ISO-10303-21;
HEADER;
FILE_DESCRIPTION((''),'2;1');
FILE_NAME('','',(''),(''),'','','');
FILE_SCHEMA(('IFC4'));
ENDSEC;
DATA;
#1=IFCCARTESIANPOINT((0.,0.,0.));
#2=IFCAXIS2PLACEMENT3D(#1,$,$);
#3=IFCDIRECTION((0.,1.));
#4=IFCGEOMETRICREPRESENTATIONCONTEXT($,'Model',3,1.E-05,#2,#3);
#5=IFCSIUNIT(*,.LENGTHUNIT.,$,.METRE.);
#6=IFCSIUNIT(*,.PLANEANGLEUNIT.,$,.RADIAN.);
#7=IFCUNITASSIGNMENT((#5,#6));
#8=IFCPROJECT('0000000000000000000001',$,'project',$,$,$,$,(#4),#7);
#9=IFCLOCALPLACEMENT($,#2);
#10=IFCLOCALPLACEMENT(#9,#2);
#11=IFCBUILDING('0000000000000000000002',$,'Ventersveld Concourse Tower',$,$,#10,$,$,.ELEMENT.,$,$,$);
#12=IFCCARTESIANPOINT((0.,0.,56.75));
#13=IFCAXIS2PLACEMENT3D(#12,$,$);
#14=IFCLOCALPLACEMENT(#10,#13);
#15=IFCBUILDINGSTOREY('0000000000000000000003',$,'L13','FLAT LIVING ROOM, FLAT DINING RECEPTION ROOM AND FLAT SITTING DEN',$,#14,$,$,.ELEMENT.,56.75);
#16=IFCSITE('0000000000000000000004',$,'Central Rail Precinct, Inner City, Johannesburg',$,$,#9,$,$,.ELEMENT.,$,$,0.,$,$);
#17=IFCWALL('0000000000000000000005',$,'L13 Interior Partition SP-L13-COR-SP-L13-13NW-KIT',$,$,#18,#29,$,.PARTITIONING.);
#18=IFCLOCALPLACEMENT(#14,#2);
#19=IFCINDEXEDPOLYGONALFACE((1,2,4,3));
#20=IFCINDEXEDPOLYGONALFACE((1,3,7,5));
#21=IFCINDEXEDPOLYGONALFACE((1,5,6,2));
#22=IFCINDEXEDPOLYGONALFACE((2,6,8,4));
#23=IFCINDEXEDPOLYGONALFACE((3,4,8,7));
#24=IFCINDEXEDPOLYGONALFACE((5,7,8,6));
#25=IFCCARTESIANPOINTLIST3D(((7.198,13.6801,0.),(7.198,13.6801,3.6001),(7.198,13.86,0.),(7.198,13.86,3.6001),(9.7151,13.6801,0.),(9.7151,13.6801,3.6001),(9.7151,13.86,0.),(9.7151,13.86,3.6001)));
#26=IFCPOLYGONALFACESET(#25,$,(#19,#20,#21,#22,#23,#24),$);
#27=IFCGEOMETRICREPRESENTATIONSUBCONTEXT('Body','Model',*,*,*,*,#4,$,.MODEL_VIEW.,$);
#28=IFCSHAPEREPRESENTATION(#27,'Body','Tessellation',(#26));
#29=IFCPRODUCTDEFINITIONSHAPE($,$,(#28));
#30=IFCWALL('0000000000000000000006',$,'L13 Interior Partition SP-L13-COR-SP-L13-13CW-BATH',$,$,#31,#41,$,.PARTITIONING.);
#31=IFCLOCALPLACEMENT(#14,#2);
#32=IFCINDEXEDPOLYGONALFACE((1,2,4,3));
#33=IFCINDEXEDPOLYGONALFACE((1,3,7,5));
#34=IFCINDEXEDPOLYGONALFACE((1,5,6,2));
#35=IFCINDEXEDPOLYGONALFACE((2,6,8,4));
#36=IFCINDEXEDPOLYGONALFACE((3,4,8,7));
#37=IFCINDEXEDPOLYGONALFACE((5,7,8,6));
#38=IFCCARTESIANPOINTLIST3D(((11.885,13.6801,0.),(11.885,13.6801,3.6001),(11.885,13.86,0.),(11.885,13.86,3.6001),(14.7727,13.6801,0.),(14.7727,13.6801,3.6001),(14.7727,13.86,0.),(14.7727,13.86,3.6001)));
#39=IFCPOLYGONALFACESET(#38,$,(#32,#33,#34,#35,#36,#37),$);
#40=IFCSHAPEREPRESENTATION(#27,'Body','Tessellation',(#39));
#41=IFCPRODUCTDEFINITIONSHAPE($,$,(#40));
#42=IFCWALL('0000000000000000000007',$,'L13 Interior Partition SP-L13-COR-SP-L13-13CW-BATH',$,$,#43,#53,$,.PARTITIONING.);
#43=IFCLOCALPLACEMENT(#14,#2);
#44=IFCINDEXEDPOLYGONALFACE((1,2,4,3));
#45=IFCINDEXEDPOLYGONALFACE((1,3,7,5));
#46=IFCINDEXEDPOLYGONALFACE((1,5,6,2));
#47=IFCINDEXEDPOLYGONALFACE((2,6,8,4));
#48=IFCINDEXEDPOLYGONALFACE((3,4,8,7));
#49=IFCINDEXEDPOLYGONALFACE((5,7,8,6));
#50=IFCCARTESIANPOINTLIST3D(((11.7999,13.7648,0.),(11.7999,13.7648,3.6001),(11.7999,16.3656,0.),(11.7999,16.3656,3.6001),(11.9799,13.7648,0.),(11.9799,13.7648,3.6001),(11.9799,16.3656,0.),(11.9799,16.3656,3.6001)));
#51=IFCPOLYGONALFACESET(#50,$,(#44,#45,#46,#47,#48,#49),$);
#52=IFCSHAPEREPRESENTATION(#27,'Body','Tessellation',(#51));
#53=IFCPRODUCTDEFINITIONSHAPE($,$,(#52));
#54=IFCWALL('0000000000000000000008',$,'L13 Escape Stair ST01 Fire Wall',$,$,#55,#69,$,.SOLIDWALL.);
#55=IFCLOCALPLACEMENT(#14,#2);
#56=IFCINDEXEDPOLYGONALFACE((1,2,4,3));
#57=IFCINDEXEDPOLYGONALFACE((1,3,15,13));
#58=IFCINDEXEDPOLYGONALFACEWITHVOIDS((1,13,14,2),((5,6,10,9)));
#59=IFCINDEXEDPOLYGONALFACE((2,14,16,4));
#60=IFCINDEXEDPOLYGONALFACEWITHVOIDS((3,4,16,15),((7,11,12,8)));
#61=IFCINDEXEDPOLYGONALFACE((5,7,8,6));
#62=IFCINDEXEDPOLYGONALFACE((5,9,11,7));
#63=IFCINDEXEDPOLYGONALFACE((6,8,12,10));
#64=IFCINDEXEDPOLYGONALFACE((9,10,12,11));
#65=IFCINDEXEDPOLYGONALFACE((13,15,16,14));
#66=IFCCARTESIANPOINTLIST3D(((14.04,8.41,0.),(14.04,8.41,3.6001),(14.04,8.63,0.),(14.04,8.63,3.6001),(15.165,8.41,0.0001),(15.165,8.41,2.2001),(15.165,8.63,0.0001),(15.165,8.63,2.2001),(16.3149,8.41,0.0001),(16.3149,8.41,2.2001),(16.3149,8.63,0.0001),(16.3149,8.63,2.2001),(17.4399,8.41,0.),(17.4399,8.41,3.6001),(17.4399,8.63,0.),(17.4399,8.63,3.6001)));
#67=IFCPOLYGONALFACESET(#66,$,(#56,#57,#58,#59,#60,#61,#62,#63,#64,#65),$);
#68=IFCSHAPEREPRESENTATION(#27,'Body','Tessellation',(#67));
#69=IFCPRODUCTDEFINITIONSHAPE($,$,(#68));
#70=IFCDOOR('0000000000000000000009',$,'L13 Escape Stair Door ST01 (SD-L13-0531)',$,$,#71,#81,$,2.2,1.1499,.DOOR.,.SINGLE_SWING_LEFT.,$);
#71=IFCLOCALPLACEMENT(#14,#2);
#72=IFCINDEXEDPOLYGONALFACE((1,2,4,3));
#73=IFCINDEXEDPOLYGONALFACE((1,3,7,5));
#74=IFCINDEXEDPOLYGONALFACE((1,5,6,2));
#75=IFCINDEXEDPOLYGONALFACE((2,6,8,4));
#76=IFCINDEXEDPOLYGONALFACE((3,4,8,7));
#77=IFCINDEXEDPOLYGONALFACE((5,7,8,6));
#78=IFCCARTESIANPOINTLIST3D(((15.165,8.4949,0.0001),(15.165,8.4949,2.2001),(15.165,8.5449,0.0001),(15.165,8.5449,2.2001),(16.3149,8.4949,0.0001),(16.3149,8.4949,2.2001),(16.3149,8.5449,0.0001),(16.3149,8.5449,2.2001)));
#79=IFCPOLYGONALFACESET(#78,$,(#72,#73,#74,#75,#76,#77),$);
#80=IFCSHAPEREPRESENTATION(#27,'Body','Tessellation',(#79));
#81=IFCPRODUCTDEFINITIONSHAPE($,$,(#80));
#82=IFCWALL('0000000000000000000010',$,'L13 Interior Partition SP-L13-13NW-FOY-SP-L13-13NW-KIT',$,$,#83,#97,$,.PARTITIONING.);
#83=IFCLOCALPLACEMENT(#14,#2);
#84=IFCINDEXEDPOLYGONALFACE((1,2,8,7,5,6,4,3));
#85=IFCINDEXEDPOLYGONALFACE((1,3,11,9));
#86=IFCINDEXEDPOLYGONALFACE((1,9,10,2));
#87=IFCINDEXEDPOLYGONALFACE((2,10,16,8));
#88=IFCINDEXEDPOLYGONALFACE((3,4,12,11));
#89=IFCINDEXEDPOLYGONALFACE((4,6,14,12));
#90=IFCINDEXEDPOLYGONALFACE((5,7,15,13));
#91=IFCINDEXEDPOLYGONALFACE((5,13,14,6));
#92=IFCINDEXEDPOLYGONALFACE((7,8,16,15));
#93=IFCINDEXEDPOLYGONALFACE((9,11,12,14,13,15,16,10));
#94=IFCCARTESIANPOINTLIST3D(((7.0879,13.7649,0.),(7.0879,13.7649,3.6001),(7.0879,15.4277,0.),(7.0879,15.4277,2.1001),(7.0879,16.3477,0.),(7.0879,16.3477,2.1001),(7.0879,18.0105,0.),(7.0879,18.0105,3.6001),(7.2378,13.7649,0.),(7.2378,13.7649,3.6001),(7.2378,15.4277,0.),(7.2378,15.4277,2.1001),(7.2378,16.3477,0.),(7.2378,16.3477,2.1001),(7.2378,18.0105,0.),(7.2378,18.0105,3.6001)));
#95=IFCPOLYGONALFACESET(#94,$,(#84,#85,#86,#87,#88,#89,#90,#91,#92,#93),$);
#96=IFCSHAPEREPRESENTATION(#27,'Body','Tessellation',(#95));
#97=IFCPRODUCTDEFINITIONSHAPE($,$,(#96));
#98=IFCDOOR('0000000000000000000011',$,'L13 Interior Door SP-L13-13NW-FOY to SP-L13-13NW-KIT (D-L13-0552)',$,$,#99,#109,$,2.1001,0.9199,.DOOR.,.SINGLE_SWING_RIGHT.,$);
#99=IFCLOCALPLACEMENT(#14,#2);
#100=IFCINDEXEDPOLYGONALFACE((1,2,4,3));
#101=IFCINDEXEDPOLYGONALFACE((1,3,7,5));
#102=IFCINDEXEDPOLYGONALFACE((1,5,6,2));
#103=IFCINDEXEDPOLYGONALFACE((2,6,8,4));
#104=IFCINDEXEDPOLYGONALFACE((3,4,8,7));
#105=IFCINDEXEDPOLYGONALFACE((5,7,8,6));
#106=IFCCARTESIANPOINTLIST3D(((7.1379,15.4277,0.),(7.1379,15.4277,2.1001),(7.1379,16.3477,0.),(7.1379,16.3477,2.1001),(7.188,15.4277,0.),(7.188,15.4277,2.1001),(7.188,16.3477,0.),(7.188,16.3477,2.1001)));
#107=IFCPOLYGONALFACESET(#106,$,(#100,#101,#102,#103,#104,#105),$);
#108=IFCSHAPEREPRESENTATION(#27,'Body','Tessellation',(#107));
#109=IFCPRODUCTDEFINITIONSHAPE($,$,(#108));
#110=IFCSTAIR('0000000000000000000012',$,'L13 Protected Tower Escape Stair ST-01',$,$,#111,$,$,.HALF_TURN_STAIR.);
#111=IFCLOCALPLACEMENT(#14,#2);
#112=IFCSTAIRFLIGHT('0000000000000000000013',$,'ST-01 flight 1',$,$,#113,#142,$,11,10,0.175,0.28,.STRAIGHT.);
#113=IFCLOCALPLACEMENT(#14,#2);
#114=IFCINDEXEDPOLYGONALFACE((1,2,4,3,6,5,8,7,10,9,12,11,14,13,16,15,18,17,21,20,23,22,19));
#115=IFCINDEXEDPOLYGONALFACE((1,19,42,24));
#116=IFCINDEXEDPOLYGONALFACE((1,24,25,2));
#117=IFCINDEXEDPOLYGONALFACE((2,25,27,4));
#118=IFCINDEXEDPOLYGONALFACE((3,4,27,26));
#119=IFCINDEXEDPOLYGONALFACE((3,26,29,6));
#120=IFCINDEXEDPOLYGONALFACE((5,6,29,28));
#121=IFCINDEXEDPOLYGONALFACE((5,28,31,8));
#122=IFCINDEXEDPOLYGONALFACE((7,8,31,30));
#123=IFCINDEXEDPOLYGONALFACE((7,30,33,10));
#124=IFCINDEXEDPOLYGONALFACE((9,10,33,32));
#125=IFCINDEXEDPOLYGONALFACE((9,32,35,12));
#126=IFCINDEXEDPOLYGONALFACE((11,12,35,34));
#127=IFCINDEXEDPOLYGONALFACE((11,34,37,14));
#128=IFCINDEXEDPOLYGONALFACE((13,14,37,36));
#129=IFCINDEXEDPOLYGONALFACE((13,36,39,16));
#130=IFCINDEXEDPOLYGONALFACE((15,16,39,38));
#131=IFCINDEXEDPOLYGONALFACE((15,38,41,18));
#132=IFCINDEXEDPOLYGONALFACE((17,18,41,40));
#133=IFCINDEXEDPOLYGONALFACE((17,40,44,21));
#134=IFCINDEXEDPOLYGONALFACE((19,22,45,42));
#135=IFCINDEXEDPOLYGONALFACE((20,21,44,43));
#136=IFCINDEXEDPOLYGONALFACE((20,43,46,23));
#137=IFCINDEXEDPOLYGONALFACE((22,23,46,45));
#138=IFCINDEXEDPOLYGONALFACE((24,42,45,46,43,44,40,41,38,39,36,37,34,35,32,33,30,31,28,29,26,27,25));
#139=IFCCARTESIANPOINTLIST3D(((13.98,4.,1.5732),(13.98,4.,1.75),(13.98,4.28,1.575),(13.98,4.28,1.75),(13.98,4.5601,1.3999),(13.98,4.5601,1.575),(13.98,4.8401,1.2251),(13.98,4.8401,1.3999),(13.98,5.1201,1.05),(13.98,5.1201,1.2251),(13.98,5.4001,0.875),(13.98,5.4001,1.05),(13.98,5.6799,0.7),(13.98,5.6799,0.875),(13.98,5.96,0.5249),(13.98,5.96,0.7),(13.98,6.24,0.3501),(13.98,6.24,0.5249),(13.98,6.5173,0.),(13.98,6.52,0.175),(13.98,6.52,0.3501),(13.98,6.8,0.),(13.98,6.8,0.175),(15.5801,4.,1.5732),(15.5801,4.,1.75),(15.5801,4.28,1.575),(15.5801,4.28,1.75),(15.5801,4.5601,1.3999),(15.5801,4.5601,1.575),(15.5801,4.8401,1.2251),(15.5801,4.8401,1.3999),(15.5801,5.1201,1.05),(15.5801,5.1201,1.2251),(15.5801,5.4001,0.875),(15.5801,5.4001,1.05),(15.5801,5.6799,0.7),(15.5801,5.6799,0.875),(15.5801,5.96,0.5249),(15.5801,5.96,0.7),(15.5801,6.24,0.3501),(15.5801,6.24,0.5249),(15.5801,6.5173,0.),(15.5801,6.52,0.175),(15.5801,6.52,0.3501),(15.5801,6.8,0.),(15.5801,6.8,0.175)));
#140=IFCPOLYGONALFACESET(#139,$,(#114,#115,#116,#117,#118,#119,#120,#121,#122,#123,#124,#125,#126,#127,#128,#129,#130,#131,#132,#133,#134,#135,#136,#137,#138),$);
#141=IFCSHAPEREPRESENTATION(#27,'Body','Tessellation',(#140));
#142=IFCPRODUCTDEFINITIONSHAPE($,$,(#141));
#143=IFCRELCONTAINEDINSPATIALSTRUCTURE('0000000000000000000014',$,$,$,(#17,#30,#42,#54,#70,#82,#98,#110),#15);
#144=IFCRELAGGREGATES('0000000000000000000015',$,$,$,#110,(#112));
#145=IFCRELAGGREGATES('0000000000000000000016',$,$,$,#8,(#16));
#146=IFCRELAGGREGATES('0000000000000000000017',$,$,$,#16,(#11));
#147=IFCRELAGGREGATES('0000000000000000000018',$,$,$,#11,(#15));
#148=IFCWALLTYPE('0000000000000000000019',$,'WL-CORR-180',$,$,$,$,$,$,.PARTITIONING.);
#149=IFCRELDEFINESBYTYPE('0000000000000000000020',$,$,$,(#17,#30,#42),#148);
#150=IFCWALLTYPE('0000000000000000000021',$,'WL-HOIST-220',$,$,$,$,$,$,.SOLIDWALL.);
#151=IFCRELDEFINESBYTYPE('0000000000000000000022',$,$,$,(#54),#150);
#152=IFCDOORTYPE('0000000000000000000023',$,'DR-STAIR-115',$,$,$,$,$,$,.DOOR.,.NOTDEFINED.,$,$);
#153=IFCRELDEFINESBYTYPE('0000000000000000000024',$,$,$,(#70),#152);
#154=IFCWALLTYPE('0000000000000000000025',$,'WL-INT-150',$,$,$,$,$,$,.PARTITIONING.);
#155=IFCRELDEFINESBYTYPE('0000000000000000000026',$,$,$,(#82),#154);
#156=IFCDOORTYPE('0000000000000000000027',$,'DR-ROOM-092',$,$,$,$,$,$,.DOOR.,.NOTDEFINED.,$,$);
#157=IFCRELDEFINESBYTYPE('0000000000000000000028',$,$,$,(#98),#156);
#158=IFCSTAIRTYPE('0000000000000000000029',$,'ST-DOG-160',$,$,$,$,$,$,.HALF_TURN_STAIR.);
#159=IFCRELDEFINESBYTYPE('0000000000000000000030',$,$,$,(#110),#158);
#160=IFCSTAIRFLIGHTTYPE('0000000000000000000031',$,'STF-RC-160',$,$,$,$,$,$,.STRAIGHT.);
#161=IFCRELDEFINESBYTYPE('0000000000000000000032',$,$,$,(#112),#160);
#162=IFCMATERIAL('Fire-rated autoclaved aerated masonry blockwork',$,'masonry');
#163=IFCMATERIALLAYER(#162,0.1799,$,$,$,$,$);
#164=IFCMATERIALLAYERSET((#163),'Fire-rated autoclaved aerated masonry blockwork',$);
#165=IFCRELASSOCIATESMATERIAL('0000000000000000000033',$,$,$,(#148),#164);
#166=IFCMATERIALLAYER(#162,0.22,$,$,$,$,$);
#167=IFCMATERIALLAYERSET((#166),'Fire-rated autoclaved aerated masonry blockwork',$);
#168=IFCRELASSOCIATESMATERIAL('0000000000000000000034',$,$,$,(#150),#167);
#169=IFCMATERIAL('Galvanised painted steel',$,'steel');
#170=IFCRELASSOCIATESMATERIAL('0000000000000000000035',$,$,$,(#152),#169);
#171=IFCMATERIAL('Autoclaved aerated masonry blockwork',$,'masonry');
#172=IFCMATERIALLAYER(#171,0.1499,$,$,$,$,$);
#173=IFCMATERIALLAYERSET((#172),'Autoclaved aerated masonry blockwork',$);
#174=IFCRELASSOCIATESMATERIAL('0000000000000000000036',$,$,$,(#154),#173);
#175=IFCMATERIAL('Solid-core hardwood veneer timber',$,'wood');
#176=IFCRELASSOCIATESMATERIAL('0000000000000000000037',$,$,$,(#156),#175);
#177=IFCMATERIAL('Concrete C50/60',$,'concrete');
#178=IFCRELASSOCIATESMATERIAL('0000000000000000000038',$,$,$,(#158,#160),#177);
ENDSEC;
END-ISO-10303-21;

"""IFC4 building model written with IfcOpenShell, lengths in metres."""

from ifc_helpers import new_model, si_unit, direction, frame, frame_2d, origin, place, context, subcontext, project, spatial, polyline, rectangle, outline, extrude, material, layer, layer_set, type_object, element, fill, aggregate, save


model = new_model("IFC4")

# Units and contexts
model_context = context("Model", 3, precision=1e-05, world=origin(), true_north=direction((0.0, 1.0)))
body_context = subcontext(model_context, "Body", "Model", "MODEL_VIEW")
ifc_project = project(units=[si_unit("LENGTHUNIT", "METRE"), si_unit("PLANEANGLEUNIT", "RADIAN")], contexts=[model_context])

# Site, building, storey
site_placement = place(None, origin())
site = spatial("IfcSite", under=ifc_project, at=site_placement, Name="Central Rail Precinct, Inner City, Johannesburg", CompositionType="ELEMENT", RefElevation=0.0)
building_placement = place(site_placement, origin())
building = spatial("IfcBuilding", under=site, at=building_placement, Name="Ventersveld Concourse Tower", CompositionType="ELEMENT")
storey_placement = place(building_placement, frame((0.0, 0.0, 56.75)))
storey = spatial("IfcBuildingStorey", under=building, at=storey_placement, Name="L13", Description="FLAT LIVING ROOM, FLAT DINING RECEPTION ROOM AND FLAT SITTING DEN", CompositionType="ELEMENT", Elevation=56.75)

# Shared definitions
ifc_material_1 = material(Name="Concrete C50/60", Category="concrete")

# Shared definitions
ifc_material_2 = material(Name="Fire-rated autoclaved aerated masonry blockwork", Category="masonry")
ifc_layer_1 = layer(ifc_material_2, 0.1799)
ifc_layer_set_1 = layer_set([ifc_layer_1], Name="Fire-rated autoclaved aerated masonry blockwork")
wall_type_1 = type_object("IfcWallType", Name="WL-CORR-180", PredefinedType="PARTITIONING", material=ifc_layer_set_1)
ifc_material_3 = material(Name="Solid-core hardwood veneer timber", Category="wood")

# Wall
wall_1_placement = place(storey_placement, frame((7.198, 13.77, 0.0), z_axis=(0.0, 0.0, 1.0), x_axis=(1.0, 0.0, 0.0)))
element("IfcWall", 1, at=wall_1_placement, inside=storey, type_object=wall_type_1, Name="L13 Interior Partition SP-L13-COR-SP-L13-13NW-KIT", PredefinedType="PARTITIONING", context=body_context, shape_type="SweptSolid", body=[
    extrude(rectangle(XDim=2.5171, YDim=0.1799, at=frame_2d((1.2585, 0.0))), origin(), (0.0, 0.0, 1.0), 3.6001),
])

# Walls
wall_2_placement = place(storey_placement, frame((11.885, 13.77, 0.0), z_axis=(0.0, 0.0, 1.0), x_axis=(1.0, 0.0, 0.0)))
element("IfcWall", 2, at=wall_2_placement, inside=storey, type_object=wall_type_1, Name="L13 Interior Partition SP-L13-COR-SP-L13-13CW-BATH", PredefinedType="PARTITIONING", context=body_context, shape_type="SweptSolid", body=[
    extrude(rectangle(XDim=2.8877, YDim=0.1799, at=frame_2d((1.4438, 0.0))), origin(), (0.0, 0.0, 1.0), 3.6001),
])
wall_3_placement = place(storey_placement, frame((11.8899, 13.7649, 0.0), z_axis=(0.0, 0.0, 1.0), x_axis=(0.0, 1.0, 0.0)))
element("IfcWall", 3, at=wall_3_placement, inside=storey, type_object=wall_type_1, Name="L13 Interior Partition SP-L13-COR-SP-L13-13CW-BATH", PredefinedType="PARTITIONING", context=body_context, shape_type="SweptSolid", body=[
    extrude(rectangle(XDim=2.6008, YDim=0.1799, at=frame_2d((1.3003, 0.0))), origin(), (0.0, 0.0, 1.0), 3.6001),
])

# Walls, openings, doors
ifc_layer_2 = layer(ifc_material_2, 0.22)
ifc_layer_set_2 = layer_set([ifc_layer_2], Name="Fire-rated autoclaved aerated masonry blockwork")
wall_type_2 = type_object("IfcWallType", Name="WL-HOIST-220", PredefinedType="SOLIDWALL", material=ifc_layer_set_2)
wall_4_placement = place(storey_placement, frame((14.04, 8.52, 0.0), z_axis=(0.0, 0.0, 1.0), x_axis=(1.0, 0.0, 0.0)))
wall_4 = element("IfcWall", 4, at=wall_4_placement, inside=storey, type_object=wall_type_2, Name="L13 Escape Stair ST01 Fire Wall", PredefinedType="SOLIDWALL", context=body_context, shape_type="SweptSolid", body=[
    extrude(rectangle(XDim=3.3999, YDim=0.22, at=frame_2d((1.7, 0.0))), origin(), (0.0, 0.0, 1.0), 3.6001),
])
opening_1_placement = place(wall_4_placement, frame((1.125, 0.0, 0.0)))
opening_1 = element("IfcOpeningElement", 5, at=opening_1_placement, cuts=wall_4, PredefinedType="OPENING", context=body_context, shape_type="SweptSolid", body=[
    extrude(rectangle(XDim=1.1499, YDim=2.2, at=frame_2d((0.575, 1.1001))), frame((0.0, 0.1201, 0.0), z_axis=(0.0, -1.0, 0.0), x_axis=(1.0, 0.0, 0.0)), (0.0, 0.0, 1.0), 0.24),
])
ifc_material_4 = material(Name="Galvanised painted steel", Category="steel")
door_type_1 = type_object("IfcDoorType", Name="DR-STAIR-115", OperationType="NOTDEFINED", PredefinedType="DOOR", material=ifc_material_4)
door_1_placement = place(opening_1_placement, origin())
door_1 = element("IfcDoor", 6, at=door_1_placement, inside=storey, type_object=door_type_1, Name="L13 Escape Stair Door ST01 (SD-L13-0531)", OperationType="SINGLE_SWING_LEFT", OverallHeight=2.2, OverallWidth=1.1499, PredefinedType="DOOR", context=body_context, shape_type="SweptSolid", body=[
    extrude(rectangle(XDim=1.1499, YDim=2.2, at=frame_2d((0.575, 1.1001))), frame((0.0, 0.0249, 0.0), z_axis=(0.0, -1.0, 0.0), x_axis=(1.0, 0.0, 0.0)), (0.0, 0.0, 1.0), 0.05),
])
fill(opening_1, door_1)
ifc_material_5 = material(Name="Autoclaved aerated masonry blockwork", Category="masonry")
ifc_layer_3 = layer(ifc_material_5, 0.1499)
ifc_layer_set_3 = layer_set([ifc_layer_3], Name="Autoclaved aerated masonry blockwork")
wall_type_3 = type_object("IfcWallType", Name="WL-INT-150", PredefinedType="PARTITIONING", material=ifc_layer_set_3)
wall_5_placement = place(storey_placement, frame((7.1628, 13.7649, 0.0), z_axis=(0.0, 0.0, 1.0), x_axis=(0.0, 1.0, 0.0)))
wall_5 = element("IfcWall", 7, at=wall_5_placement, inside=storey, type_object=wall_type_3, Name="L13 Interior Partition SP-L13-13NW-FOY-SP-L13-13NW-KIT", PredefinedType="PARTITIONING", context=body_context, shape_type="SweptSolid", body=[
    extrude(rectangle(XDim=4.2456, YDim=0.1499, at=frame_2d((2.1228, 0.0))), origin(), (0.0, 0.0, 1.0), 3.6001),
])
opening_2_placement = place(wall_5_placement, frame((1.6628, 0.0, 0.0)))
opening_2 = element("IfcOpeningElement", 8, at=opening_2_placement, cuts=wall_5, PredefinedType="OPENING", context=body_context, shape_type="SweptSolid", body=[
    extrude(rectangle(XDim=0.9199, YDim=2.1001, at=frame_2d((0.46, 1.05))), frame((0.0, 0.085, 0.0), z_axis=(0.0, -1.0, 0.0), x_axis=(1.0, 0.0, 0.0)), (0.0, 0.0, 1.0), 0.1699),
])
door_type_2 = type_object("IfcDoorType", Name="DR-ROOM-092", OperationType="NOTDEFINED", PredefinedType="DOOR", material=ifc_material_3)
door_2_placement = place(opening_2_placement, origin())
door_2 = element("IfcDoor", 9, at=door_2_placement, inside=storey, type_object=door_type_2, Name="L13 Interior Door SP-L13-13NW-FOY to SP-L13-13NW-KIT (D-L13-0552)", OperationType="SINGLE_SWING_RIGHT", OverallHeight=2.1001, OverallWidth=0.9199, PredefinedType="DOOR", context=body_context, shape_type="SweptSolid", body=[
    extrude(rectangle(XDim=0.9199, YDim=2.1001, at=frame_2d((0.46, 1.05))), frame((0.0, 0.0249, 0.0), z_axis=(0.0, -1.0, 0.0), x_axis=(1.0, 0.0, 0.0)), (0.0, 0.0, 1.0), 0.05),
])
fill(opening_2, door_2)

# Stair, stair flight
stair_type = type_object("IfcStairType", Name="ST-DOG-160", PredefinedType="HALF_TURN_STAIR", material=ifc_material_1)
stair_placement = place(storey_placement, origin())
stair = element("IfcStair", 10, at=stair_placement, inside=storey, type_object=stair_type, Name="L13 Protected Tower Escape Stair ST-01", PredefinedType="HALF_TURN_STAIR")
stair_flight_type = type_object("IfcStairFlightType", Name="STF-RC-160", PredefinedType="STRAIGHT", material=ifc_material_1)
stair_flight_placement = place(storey_placement, frame((14.78, 6.8, 0.0), z_axis=(0.0, 0.0, 1.0), x_axis=(0.0, -1.0, 0.0)))
stair_flight = element("IfcStairFlight", 11, at=stair_flight_placement, type_object=stair_flight_type, Name="ST-01 flight 1", NumberOfRisers=11, NumberOfTreads=10, PredefinedType="STRAIGHT", RiserHeight=0.175, TreadLength=0.28, context=body_context, shape_type="SweptSolid", body=[
    extrude(outline(polyline([(0.0, 0.0), (0.0, 0.175), (0.28, 0.175), (0.28, 0.3501), (0.5601, 0.3501), (0.5601, 0.5249), (0.8401, 0.5249), (0.8401, 0.7), (1.1201, 0.7), (1.1201, 0.875), (1.3999, 0.875), (1.3999, 1.05), (1.6799, 1.05), (1.6799, 1.2251), (1.96, 1.2251), (1.96, 1.3999), (2.24, 1.3999), (2.24, 1.575), (2.52, 1.575), (2.52, 1.75), (2.8, 1.75), (2.8, 1.925), (2.8, 1.5732), (0.2827, 0.0), (0.0, 0.0)])), frame((0.0, 0.8, 0.0), z_axis=(0.0, -1.0, 0.0), x_axis=(1.0, 0.0, 0.0)), (0.0, 0.0, 1.0), 1.6001),
])
aggregate(stair, [stair_flight])

save(model, "model.ifc")
